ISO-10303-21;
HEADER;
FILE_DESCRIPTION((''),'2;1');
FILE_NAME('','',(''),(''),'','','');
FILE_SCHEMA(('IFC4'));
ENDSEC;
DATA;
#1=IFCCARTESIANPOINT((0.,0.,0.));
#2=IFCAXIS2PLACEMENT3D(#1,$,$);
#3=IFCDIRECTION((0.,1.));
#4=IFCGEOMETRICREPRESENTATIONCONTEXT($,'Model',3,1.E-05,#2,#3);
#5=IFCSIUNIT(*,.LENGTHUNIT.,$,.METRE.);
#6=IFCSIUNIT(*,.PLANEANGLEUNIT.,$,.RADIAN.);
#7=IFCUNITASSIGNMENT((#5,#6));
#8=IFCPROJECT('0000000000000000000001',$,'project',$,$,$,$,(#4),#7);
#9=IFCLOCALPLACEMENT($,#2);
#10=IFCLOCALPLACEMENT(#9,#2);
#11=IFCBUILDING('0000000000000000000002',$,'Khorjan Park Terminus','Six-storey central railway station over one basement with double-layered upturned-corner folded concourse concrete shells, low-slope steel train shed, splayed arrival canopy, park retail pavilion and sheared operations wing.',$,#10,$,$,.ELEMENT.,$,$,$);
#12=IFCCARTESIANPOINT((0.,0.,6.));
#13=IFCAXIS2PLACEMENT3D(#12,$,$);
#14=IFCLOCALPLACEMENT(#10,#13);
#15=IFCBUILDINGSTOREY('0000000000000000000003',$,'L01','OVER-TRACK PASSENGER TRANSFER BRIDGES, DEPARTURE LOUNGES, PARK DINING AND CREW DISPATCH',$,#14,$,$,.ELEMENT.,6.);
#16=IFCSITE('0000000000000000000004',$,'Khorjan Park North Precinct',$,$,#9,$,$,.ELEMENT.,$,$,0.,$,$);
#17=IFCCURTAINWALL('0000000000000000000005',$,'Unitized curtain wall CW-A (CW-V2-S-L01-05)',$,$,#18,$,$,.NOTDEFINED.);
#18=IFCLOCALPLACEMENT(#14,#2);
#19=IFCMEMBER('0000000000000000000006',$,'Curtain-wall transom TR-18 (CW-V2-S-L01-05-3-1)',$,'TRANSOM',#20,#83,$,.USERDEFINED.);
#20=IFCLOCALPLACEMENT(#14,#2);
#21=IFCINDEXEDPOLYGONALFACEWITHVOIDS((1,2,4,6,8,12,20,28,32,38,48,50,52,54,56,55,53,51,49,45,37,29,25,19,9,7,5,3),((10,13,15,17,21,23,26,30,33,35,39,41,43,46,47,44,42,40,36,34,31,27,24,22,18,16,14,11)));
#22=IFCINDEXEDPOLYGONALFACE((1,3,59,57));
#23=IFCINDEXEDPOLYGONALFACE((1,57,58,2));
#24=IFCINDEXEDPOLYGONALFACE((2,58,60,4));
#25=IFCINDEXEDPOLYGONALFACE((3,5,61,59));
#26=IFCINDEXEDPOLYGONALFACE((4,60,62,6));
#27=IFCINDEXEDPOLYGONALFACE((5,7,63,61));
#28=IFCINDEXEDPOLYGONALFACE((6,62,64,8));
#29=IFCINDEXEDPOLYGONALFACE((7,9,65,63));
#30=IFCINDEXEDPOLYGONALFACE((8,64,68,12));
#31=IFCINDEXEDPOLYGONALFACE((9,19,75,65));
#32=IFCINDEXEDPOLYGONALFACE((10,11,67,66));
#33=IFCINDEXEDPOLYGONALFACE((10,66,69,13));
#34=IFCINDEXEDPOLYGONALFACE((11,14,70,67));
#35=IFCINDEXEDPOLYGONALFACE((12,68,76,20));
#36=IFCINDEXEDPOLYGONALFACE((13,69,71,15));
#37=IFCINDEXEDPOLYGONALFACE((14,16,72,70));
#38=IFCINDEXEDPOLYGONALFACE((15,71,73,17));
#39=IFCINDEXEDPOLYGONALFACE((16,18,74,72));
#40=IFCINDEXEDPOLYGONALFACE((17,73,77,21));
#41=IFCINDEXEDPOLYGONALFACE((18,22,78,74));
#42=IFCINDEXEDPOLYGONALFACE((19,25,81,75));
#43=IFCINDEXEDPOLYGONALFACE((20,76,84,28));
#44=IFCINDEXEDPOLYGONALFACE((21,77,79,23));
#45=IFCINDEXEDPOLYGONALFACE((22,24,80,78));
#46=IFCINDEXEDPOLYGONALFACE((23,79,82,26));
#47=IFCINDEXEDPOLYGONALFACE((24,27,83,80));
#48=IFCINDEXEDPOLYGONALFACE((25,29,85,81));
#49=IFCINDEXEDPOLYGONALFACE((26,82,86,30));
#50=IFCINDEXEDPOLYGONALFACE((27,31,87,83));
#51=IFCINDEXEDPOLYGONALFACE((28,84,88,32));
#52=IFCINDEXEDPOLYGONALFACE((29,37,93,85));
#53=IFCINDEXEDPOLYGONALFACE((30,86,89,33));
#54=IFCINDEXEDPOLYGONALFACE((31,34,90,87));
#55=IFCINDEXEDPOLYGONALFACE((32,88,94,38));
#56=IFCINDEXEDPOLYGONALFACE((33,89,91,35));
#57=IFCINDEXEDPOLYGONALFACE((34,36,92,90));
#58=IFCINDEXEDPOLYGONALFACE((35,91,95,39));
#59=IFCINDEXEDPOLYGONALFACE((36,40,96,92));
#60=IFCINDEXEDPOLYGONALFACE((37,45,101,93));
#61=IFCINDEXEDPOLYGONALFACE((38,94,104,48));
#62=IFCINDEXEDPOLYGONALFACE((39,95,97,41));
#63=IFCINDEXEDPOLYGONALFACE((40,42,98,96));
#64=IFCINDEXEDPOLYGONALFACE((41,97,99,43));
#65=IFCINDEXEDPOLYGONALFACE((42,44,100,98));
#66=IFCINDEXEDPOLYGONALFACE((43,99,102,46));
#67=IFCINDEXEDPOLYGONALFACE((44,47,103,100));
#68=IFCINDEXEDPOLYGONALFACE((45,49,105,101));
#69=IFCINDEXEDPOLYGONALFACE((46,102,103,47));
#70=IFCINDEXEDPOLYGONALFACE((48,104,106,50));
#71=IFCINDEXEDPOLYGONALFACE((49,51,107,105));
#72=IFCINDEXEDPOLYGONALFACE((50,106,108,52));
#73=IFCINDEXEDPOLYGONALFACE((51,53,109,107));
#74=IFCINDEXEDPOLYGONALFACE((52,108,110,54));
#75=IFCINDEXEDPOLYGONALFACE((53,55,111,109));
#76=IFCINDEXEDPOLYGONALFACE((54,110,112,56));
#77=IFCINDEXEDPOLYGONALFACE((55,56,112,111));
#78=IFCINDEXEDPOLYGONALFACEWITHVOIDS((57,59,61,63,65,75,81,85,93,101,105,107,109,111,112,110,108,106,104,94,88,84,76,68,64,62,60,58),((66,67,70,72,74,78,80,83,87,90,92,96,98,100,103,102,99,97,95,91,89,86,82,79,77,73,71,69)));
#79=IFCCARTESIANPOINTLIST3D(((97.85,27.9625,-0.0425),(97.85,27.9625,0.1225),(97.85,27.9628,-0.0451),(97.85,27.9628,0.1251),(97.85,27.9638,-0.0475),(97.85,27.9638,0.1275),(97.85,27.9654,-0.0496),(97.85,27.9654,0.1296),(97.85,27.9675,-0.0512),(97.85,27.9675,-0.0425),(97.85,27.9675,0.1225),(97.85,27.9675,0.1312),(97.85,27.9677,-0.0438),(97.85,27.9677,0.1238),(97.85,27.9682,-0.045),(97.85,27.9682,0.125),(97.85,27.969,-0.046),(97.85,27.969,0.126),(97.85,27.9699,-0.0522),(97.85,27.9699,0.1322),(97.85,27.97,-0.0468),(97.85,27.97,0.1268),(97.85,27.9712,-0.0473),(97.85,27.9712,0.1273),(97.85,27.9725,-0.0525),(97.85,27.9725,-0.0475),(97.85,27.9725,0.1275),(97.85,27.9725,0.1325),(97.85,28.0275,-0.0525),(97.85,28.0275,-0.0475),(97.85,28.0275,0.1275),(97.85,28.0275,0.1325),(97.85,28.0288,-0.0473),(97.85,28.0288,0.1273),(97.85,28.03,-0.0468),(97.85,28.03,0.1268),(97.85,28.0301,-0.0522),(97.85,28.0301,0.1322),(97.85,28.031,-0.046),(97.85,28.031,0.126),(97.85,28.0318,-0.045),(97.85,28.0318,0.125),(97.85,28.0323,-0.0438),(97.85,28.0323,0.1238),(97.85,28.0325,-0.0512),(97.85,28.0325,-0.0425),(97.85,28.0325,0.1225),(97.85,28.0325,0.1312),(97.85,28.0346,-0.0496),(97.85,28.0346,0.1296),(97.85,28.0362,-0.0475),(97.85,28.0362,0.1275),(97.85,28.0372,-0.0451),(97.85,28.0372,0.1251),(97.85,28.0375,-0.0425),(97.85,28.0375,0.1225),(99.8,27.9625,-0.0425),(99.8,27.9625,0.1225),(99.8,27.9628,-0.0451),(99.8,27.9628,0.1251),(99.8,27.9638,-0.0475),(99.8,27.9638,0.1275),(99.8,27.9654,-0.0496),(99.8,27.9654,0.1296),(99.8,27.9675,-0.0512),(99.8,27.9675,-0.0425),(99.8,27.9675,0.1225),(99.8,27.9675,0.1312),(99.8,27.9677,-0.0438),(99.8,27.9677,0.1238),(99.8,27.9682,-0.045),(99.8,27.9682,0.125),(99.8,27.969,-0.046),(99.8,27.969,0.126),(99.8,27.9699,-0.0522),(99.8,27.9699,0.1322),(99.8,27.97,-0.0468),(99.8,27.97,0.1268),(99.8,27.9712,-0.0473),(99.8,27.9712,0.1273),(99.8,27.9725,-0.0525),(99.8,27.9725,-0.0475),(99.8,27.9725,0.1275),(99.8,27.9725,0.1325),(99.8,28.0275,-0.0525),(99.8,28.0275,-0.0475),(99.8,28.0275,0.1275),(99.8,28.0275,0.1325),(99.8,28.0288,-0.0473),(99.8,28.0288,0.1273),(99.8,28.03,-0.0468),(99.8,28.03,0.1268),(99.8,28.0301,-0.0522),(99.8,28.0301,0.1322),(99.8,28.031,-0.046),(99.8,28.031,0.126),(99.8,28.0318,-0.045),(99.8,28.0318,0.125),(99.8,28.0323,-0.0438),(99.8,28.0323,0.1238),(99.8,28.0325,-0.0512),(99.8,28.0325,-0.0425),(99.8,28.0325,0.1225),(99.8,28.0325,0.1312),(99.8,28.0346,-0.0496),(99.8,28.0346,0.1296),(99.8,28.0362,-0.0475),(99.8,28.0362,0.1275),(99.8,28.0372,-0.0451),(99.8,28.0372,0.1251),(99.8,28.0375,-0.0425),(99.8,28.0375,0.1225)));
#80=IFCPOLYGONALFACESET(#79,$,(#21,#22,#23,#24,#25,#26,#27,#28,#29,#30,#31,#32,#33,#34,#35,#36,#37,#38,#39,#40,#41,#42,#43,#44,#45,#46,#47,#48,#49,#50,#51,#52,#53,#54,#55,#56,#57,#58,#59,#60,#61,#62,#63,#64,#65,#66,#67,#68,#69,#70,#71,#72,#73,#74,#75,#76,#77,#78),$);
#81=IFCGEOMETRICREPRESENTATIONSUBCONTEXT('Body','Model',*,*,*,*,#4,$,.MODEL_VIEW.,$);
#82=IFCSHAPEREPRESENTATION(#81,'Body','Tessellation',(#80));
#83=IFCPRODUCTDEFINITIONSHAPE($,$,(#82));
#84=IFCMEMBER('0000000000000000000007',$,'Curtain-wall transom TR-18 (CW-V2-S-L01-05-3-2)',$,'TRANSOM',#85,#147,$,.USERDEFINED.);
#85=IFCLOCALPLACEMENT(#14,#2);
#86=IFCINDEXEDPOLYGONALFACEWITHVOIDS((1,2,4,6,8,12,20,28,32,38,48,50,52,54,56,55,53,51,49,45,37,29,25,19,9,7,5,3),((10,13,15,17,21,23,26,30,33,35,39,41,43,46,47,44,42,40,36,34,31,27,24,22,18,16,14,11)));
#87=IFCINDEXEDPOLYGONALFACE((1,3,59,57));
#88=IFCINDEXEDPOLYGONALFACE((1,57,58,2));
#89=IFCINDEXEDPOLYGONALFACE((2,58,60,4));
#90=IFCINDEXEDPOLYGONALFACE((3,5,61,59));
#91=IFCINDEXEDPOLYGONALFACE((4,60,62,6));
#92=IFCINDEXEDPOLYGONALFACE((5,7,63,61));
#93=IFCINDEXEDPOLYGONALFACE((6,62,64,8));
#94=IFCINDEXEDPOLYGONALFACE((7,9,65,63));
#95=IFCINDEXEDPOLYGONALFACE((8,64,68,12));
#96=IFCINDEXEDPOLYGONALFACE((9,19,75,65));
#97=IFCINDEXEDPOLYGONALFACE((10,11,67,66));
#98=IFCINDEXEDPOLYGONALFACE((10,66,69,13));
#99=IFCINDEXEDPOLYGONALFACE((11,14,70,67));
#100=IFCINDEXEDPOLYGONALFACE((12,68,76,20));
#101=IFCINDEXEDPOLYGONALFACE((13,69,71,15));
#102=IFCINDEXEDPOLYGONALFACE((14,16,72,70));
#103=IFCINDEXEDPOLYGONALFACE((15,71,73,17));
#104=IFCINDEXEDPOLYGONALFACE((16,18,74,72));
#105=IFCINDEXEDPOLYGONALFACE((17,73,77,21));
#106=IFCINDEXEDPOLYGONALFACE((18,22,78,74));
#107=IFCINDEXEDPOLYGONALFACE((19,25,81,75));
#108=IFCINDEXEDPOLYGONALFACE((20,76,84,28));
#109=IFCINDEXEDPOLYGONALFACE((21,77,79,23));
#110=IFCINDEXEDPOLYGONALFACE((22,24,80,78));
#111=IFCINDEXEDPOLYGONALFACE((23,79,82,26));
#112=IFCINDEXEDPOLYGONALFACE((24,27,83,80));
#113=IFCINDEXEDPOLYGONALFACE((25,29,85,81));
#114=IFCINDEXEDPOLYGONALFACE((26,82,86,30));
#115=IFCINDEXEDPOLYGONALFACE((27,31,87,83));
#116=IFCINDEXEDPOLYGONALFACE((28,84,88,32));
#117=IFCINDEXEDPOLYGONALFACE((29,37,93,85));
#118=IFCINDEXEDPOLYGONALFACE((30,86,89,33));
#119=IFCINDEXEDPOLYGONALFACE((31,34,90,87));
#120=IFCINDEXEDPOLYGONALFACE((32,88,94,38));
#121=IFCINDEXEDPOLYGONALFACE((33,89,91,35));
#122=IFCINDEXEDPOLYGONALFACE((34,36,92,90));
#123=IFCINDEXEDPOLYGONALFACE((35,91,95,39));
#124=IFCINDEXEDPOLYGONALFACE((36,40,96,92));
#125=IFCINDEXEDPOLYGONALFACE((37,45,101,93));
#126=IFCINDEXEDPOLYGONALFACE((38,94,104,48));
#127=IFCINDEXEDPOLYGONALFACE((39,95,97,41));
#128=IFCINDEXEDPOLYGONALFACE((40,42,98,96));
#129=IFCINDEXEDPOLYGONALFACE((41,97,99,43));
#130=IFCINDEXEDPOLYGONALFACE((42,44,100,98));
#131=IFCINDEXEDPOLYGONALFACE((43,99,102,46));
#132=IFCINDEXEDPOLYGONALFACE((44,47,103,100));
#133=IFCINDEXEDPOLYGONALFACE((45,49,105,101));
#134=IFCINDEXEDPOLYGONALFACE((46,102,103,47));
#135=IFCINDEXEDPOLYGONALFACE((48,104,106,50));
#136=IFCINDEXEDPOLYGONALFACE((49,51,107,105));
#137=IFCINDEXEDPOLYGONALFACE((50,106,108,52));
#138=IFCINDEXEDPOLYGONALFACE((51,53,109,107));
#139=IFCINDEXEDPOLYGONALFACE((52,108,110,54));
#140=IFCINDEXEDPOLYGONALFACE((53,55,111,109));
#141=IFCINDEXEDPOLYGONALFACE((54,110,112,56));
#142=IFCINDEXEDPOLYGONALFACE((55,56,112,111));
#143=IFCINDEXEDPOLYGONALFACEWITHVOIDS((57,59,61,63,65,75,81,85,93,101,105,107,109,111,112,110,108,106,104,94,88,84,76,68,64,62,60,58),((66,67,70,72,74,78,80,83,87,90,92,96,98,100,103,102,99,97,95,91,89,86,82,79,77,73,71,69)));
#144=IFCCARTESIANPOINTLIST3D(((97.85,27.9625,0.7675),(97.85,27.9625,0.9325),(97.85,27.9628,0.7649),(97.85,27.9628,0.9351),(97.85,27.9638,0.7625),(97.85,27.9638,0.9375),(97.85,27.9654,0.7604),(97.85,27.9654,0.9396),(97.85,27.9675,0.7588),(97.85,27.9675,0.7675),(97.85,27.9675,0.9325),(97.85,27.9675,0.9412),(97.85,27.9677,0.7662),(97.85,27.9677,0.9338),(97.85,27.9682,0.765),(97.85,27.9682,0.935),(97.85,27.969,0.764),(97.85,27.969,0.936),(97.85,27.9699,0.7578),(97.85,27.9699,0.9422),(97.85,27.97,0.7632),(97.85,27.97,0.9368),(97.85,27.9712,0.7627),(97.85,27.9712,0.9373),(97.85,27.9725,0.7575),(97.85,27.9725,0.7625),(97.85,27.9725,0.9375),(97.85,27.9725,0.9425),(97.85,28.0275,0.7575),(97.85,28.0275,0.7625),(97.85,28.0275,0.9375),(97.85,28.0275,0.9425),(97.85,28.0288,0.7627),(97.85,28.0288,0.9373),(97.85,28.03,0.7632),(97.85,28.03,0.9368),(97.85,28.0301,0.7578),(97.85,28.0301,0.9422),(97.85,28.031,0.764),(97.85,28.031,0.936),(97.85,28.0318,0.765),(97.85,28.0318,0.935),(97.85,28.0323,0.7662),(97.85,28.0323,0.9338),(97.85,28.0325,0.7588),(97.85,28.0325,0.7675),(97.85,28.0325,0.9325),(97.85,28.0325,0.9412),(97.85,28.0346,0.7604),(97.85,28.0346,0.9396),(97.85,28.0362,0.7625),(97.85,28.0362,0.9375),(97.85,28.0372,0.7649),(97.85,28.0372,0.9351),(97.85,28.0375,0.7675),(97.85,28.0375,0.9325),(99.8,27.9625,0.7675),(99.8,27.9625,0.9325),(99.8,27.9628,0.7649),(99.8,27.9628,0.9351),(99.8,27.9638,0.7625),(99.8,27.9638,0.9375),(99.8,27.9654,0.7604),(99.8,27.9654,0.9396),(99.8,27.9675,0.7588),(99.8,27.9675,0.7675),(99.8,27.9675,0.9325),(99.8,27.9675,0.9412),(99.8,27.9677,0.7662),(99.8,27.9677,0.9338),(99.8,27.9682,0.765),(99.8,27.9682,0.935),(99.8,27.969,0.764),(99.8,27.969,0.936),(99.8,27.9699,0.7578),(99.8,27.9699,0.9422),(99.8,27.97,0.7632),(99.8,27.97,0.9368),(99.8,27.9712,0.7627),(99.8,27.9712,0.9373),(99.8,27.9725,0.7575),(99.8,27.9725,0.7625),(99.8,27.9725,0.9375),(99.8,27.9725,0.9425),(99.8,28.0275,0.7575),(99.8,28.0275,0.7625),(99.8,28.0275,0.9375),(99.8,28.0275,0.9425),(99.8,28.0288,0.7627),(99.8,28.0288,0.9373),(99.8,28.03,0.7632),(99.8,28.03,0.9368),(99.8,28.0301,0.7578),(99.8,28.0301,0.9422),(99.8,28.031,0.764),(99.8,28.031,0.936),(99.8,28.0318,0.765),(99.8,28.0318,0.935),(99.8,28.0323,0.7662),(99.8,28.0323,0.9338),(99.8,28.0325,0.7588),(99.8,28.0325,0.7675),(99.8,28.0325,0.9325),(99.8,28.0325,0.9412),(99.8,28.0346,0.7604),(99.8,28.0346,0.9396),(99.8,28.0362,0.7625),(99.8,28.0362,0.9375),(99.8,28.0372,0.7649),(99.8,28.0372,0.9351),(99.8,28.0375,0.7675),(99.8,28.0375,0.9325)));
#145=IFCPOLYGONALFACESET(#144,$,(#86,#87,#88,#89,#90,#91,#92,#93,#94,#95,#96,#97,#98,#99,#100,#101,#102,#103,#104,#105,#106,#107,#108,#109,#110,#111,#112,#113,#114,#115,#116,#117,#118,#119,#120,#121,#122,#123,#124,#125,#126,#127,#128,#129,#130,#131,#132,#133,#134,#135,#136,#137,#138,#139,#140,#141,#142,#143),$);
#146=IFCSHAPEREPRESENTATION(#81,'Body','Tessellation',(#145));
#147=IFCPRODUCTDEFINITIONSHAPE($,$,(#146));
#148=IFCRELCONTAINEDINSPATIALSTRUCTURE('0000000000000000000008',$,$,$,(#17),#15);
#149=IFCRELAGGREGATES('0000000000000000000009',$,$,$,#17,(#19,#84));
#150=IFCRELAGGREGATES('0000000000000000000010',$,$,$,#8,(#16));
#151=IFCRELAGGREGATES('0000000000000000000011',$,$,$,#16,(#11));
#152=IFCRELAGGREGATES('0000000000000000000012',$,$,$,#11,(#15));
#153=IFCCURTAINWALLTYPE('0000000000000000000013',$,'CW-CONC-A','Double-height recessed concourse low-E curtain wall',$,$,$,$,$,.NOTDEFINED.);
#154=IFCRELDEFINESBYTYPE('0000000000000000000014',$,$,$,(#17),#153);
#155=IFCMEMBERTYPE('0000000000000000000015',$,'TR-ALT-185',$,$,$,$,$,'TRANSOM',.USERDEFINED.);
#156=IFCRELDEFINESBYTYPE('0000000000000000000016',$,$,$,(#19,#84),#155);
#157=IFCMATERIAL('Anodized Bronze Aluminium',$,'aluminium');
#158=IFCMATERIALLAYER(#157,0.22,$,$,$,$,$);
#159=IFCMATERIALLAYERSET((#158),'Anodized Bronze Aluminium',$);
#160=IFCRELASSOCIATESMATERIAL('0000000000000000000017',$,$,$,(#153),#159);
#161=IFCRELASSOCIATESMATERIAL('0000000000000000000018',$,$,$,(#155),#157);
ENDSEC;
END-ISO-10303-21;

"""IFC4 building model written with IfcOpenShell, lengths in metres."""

from ifc_helpers import new_model, si_unit, direction, frame, origin, origin_2d, place, context, subcontext, project, spatial, hollow_rectangle, extrude, material, layer, layer_set, material_profile, profile_set, type_object, element, aggregate, save


model = new_model("IFC4")

# Units and contexts
model_context = context("Model", 3, precision=1e-05, world=origin(), true_north=direction((0.0, 1.0)))
body_context = subcontext(model_context, "Body", "Model", "MODEL_VIEW")
ifc_project = project(units=[si_unit("LENGTHUNIT", "METRE"), si_unit("PLANEANGLEUNIT", "RADIAN")], contexts=[model_context])

# Site, building, storey
site_placement = place(None, origin())
site = spatial("IfcSite", under=ifc_project, at=site_placement, Name="Khorjan Park North Precinct", CompositionType="ELEMENT", RefElevation=0.0)
building_placement = place(site_placement, origin())
building = spatial("IfcBuilding", under=site, at=building_placement, Name="Khorjan Park Terminus", Description="Six-storey central railway station over one basement with double-layered upturned-corner folded concourse concrete shells, low-slope steel train shed, splayed arrival canopy, park retail pavilion and sheared operations wing.", CompositionType="ELEMENT")
storey_placement = place(building_placement, frame((0.0, 0.0, 6.0)))
storey = spatial("IfcBuildingStorey", under=building, at=storey_placement, Name="L01", Description="OVER-TRACK PASSENGER TRANSFER BRIDGES, DEPARTURE LOUNGES, PARK DINING AND CREW DISPATCH", CompositionType="ELEMENT", Elevation=6.0)

# Shared definitions
ifc_material_1 = material(Name="Anodized Bronze Aluminium", Category="aluminium")
ifc_layer_1 = layer(ifc_material_1, 0.22)
ifc_layer_set_1 = layer_set([ifc_layer_1], Name="Anodized Bronze Aluminium")
curtain_wall_type = type_object("IfcCurtainWallType", Name="CW-CONC-A", Description="Double-height recessed concourse low-E curtain wall", PredefinedType="NOTDEFINED", material=ifc_layer_set_1)

# Curtain wall
curtain_wall_1_placement = place(storey_placement, origin())
curtain_wall_1 = element("IfcCurtainWall", 1, at=curtain_wall_1_placement, inside=storey, type_object=curtain_wall_type, Name="Unitized curtain wall CW-A (CW-V2-S-L01-05)", PredefinedType="NOTDEFINED")

# Members
ifc_material_profile_1 = material_profile(ifc_material_1, hollow_rectangle(XDim=0.075, YDim=0.185, WallThickness=0.005, InnerFilletRadius=0.005, OuterFilletRadius=0.01, at=origin_2d()), Name="ALT 75x185x5")
ifc_profile_set_1 = profile_set([ifc_material_profile_1], Name="Anodized Bronze Aluminium")
member_type_1 = type_object("IfcMemberType", Name="TR-ALT-185", ElementType="TRANSOM", PredefinedType="USERDEFINED", material=ifc_profile_set_1)
member_1_placement = place(storey_placement, frame((97.85, 28.0, 0.04), z_axis=(1.0, 0.0, 0.0), x_axis=(0.0, 1.0, 0.0)))
member_1 = element("IfcMember", 2, at=member_1_placement, type_object=member_type_1, Name="Curtain-wall transom TR-18 (CW-V2-S-L01-05-3-1)", ObjectType="TRANSOM", PredefinedType="USERDEFINED", context=body_context, shape_type="SweptSolid", body=[
    extrude(hollow_rectangle(XDim=0.075, YDim=0.185, WallThickness=0.005, InnerFilletRadius=0.005, OuterFilletRadius=0.01, at=origin_2d()), origin(), (0.0, 0.0, 1.0), 1.95),
])
member_2_placement = place(storey_placement, frame((97.85, 28.0, 0.85), z_axis=(1.0, 0.0, 0.0), x_axis=(0.0, 1.0, 0.0)))
member_2 = element("IfcMember", 3, at=member_2_placement, type_object=member_type_1, Name="Curtain-wall transom TR-18 (CW-V2-S-L01-05-3-2)", ObjectType="TRANSOM", PredefinedType="USERDEFINED", context=body_context, shape_type="SweptSolid", body=[
    extrude(hollow_rectangle(XDim=0.075, YDim=0.185, WallThickness=0.005, InnerFilletRadius=0.005, OuterFilletRadius=0.01, at=origin_2d()), origin(), (0.0, 0.0, 1.0), 1.95),
])

aggregate(curtain_wall_1, [member_1, member_2])

save(model, "model.ifc")
